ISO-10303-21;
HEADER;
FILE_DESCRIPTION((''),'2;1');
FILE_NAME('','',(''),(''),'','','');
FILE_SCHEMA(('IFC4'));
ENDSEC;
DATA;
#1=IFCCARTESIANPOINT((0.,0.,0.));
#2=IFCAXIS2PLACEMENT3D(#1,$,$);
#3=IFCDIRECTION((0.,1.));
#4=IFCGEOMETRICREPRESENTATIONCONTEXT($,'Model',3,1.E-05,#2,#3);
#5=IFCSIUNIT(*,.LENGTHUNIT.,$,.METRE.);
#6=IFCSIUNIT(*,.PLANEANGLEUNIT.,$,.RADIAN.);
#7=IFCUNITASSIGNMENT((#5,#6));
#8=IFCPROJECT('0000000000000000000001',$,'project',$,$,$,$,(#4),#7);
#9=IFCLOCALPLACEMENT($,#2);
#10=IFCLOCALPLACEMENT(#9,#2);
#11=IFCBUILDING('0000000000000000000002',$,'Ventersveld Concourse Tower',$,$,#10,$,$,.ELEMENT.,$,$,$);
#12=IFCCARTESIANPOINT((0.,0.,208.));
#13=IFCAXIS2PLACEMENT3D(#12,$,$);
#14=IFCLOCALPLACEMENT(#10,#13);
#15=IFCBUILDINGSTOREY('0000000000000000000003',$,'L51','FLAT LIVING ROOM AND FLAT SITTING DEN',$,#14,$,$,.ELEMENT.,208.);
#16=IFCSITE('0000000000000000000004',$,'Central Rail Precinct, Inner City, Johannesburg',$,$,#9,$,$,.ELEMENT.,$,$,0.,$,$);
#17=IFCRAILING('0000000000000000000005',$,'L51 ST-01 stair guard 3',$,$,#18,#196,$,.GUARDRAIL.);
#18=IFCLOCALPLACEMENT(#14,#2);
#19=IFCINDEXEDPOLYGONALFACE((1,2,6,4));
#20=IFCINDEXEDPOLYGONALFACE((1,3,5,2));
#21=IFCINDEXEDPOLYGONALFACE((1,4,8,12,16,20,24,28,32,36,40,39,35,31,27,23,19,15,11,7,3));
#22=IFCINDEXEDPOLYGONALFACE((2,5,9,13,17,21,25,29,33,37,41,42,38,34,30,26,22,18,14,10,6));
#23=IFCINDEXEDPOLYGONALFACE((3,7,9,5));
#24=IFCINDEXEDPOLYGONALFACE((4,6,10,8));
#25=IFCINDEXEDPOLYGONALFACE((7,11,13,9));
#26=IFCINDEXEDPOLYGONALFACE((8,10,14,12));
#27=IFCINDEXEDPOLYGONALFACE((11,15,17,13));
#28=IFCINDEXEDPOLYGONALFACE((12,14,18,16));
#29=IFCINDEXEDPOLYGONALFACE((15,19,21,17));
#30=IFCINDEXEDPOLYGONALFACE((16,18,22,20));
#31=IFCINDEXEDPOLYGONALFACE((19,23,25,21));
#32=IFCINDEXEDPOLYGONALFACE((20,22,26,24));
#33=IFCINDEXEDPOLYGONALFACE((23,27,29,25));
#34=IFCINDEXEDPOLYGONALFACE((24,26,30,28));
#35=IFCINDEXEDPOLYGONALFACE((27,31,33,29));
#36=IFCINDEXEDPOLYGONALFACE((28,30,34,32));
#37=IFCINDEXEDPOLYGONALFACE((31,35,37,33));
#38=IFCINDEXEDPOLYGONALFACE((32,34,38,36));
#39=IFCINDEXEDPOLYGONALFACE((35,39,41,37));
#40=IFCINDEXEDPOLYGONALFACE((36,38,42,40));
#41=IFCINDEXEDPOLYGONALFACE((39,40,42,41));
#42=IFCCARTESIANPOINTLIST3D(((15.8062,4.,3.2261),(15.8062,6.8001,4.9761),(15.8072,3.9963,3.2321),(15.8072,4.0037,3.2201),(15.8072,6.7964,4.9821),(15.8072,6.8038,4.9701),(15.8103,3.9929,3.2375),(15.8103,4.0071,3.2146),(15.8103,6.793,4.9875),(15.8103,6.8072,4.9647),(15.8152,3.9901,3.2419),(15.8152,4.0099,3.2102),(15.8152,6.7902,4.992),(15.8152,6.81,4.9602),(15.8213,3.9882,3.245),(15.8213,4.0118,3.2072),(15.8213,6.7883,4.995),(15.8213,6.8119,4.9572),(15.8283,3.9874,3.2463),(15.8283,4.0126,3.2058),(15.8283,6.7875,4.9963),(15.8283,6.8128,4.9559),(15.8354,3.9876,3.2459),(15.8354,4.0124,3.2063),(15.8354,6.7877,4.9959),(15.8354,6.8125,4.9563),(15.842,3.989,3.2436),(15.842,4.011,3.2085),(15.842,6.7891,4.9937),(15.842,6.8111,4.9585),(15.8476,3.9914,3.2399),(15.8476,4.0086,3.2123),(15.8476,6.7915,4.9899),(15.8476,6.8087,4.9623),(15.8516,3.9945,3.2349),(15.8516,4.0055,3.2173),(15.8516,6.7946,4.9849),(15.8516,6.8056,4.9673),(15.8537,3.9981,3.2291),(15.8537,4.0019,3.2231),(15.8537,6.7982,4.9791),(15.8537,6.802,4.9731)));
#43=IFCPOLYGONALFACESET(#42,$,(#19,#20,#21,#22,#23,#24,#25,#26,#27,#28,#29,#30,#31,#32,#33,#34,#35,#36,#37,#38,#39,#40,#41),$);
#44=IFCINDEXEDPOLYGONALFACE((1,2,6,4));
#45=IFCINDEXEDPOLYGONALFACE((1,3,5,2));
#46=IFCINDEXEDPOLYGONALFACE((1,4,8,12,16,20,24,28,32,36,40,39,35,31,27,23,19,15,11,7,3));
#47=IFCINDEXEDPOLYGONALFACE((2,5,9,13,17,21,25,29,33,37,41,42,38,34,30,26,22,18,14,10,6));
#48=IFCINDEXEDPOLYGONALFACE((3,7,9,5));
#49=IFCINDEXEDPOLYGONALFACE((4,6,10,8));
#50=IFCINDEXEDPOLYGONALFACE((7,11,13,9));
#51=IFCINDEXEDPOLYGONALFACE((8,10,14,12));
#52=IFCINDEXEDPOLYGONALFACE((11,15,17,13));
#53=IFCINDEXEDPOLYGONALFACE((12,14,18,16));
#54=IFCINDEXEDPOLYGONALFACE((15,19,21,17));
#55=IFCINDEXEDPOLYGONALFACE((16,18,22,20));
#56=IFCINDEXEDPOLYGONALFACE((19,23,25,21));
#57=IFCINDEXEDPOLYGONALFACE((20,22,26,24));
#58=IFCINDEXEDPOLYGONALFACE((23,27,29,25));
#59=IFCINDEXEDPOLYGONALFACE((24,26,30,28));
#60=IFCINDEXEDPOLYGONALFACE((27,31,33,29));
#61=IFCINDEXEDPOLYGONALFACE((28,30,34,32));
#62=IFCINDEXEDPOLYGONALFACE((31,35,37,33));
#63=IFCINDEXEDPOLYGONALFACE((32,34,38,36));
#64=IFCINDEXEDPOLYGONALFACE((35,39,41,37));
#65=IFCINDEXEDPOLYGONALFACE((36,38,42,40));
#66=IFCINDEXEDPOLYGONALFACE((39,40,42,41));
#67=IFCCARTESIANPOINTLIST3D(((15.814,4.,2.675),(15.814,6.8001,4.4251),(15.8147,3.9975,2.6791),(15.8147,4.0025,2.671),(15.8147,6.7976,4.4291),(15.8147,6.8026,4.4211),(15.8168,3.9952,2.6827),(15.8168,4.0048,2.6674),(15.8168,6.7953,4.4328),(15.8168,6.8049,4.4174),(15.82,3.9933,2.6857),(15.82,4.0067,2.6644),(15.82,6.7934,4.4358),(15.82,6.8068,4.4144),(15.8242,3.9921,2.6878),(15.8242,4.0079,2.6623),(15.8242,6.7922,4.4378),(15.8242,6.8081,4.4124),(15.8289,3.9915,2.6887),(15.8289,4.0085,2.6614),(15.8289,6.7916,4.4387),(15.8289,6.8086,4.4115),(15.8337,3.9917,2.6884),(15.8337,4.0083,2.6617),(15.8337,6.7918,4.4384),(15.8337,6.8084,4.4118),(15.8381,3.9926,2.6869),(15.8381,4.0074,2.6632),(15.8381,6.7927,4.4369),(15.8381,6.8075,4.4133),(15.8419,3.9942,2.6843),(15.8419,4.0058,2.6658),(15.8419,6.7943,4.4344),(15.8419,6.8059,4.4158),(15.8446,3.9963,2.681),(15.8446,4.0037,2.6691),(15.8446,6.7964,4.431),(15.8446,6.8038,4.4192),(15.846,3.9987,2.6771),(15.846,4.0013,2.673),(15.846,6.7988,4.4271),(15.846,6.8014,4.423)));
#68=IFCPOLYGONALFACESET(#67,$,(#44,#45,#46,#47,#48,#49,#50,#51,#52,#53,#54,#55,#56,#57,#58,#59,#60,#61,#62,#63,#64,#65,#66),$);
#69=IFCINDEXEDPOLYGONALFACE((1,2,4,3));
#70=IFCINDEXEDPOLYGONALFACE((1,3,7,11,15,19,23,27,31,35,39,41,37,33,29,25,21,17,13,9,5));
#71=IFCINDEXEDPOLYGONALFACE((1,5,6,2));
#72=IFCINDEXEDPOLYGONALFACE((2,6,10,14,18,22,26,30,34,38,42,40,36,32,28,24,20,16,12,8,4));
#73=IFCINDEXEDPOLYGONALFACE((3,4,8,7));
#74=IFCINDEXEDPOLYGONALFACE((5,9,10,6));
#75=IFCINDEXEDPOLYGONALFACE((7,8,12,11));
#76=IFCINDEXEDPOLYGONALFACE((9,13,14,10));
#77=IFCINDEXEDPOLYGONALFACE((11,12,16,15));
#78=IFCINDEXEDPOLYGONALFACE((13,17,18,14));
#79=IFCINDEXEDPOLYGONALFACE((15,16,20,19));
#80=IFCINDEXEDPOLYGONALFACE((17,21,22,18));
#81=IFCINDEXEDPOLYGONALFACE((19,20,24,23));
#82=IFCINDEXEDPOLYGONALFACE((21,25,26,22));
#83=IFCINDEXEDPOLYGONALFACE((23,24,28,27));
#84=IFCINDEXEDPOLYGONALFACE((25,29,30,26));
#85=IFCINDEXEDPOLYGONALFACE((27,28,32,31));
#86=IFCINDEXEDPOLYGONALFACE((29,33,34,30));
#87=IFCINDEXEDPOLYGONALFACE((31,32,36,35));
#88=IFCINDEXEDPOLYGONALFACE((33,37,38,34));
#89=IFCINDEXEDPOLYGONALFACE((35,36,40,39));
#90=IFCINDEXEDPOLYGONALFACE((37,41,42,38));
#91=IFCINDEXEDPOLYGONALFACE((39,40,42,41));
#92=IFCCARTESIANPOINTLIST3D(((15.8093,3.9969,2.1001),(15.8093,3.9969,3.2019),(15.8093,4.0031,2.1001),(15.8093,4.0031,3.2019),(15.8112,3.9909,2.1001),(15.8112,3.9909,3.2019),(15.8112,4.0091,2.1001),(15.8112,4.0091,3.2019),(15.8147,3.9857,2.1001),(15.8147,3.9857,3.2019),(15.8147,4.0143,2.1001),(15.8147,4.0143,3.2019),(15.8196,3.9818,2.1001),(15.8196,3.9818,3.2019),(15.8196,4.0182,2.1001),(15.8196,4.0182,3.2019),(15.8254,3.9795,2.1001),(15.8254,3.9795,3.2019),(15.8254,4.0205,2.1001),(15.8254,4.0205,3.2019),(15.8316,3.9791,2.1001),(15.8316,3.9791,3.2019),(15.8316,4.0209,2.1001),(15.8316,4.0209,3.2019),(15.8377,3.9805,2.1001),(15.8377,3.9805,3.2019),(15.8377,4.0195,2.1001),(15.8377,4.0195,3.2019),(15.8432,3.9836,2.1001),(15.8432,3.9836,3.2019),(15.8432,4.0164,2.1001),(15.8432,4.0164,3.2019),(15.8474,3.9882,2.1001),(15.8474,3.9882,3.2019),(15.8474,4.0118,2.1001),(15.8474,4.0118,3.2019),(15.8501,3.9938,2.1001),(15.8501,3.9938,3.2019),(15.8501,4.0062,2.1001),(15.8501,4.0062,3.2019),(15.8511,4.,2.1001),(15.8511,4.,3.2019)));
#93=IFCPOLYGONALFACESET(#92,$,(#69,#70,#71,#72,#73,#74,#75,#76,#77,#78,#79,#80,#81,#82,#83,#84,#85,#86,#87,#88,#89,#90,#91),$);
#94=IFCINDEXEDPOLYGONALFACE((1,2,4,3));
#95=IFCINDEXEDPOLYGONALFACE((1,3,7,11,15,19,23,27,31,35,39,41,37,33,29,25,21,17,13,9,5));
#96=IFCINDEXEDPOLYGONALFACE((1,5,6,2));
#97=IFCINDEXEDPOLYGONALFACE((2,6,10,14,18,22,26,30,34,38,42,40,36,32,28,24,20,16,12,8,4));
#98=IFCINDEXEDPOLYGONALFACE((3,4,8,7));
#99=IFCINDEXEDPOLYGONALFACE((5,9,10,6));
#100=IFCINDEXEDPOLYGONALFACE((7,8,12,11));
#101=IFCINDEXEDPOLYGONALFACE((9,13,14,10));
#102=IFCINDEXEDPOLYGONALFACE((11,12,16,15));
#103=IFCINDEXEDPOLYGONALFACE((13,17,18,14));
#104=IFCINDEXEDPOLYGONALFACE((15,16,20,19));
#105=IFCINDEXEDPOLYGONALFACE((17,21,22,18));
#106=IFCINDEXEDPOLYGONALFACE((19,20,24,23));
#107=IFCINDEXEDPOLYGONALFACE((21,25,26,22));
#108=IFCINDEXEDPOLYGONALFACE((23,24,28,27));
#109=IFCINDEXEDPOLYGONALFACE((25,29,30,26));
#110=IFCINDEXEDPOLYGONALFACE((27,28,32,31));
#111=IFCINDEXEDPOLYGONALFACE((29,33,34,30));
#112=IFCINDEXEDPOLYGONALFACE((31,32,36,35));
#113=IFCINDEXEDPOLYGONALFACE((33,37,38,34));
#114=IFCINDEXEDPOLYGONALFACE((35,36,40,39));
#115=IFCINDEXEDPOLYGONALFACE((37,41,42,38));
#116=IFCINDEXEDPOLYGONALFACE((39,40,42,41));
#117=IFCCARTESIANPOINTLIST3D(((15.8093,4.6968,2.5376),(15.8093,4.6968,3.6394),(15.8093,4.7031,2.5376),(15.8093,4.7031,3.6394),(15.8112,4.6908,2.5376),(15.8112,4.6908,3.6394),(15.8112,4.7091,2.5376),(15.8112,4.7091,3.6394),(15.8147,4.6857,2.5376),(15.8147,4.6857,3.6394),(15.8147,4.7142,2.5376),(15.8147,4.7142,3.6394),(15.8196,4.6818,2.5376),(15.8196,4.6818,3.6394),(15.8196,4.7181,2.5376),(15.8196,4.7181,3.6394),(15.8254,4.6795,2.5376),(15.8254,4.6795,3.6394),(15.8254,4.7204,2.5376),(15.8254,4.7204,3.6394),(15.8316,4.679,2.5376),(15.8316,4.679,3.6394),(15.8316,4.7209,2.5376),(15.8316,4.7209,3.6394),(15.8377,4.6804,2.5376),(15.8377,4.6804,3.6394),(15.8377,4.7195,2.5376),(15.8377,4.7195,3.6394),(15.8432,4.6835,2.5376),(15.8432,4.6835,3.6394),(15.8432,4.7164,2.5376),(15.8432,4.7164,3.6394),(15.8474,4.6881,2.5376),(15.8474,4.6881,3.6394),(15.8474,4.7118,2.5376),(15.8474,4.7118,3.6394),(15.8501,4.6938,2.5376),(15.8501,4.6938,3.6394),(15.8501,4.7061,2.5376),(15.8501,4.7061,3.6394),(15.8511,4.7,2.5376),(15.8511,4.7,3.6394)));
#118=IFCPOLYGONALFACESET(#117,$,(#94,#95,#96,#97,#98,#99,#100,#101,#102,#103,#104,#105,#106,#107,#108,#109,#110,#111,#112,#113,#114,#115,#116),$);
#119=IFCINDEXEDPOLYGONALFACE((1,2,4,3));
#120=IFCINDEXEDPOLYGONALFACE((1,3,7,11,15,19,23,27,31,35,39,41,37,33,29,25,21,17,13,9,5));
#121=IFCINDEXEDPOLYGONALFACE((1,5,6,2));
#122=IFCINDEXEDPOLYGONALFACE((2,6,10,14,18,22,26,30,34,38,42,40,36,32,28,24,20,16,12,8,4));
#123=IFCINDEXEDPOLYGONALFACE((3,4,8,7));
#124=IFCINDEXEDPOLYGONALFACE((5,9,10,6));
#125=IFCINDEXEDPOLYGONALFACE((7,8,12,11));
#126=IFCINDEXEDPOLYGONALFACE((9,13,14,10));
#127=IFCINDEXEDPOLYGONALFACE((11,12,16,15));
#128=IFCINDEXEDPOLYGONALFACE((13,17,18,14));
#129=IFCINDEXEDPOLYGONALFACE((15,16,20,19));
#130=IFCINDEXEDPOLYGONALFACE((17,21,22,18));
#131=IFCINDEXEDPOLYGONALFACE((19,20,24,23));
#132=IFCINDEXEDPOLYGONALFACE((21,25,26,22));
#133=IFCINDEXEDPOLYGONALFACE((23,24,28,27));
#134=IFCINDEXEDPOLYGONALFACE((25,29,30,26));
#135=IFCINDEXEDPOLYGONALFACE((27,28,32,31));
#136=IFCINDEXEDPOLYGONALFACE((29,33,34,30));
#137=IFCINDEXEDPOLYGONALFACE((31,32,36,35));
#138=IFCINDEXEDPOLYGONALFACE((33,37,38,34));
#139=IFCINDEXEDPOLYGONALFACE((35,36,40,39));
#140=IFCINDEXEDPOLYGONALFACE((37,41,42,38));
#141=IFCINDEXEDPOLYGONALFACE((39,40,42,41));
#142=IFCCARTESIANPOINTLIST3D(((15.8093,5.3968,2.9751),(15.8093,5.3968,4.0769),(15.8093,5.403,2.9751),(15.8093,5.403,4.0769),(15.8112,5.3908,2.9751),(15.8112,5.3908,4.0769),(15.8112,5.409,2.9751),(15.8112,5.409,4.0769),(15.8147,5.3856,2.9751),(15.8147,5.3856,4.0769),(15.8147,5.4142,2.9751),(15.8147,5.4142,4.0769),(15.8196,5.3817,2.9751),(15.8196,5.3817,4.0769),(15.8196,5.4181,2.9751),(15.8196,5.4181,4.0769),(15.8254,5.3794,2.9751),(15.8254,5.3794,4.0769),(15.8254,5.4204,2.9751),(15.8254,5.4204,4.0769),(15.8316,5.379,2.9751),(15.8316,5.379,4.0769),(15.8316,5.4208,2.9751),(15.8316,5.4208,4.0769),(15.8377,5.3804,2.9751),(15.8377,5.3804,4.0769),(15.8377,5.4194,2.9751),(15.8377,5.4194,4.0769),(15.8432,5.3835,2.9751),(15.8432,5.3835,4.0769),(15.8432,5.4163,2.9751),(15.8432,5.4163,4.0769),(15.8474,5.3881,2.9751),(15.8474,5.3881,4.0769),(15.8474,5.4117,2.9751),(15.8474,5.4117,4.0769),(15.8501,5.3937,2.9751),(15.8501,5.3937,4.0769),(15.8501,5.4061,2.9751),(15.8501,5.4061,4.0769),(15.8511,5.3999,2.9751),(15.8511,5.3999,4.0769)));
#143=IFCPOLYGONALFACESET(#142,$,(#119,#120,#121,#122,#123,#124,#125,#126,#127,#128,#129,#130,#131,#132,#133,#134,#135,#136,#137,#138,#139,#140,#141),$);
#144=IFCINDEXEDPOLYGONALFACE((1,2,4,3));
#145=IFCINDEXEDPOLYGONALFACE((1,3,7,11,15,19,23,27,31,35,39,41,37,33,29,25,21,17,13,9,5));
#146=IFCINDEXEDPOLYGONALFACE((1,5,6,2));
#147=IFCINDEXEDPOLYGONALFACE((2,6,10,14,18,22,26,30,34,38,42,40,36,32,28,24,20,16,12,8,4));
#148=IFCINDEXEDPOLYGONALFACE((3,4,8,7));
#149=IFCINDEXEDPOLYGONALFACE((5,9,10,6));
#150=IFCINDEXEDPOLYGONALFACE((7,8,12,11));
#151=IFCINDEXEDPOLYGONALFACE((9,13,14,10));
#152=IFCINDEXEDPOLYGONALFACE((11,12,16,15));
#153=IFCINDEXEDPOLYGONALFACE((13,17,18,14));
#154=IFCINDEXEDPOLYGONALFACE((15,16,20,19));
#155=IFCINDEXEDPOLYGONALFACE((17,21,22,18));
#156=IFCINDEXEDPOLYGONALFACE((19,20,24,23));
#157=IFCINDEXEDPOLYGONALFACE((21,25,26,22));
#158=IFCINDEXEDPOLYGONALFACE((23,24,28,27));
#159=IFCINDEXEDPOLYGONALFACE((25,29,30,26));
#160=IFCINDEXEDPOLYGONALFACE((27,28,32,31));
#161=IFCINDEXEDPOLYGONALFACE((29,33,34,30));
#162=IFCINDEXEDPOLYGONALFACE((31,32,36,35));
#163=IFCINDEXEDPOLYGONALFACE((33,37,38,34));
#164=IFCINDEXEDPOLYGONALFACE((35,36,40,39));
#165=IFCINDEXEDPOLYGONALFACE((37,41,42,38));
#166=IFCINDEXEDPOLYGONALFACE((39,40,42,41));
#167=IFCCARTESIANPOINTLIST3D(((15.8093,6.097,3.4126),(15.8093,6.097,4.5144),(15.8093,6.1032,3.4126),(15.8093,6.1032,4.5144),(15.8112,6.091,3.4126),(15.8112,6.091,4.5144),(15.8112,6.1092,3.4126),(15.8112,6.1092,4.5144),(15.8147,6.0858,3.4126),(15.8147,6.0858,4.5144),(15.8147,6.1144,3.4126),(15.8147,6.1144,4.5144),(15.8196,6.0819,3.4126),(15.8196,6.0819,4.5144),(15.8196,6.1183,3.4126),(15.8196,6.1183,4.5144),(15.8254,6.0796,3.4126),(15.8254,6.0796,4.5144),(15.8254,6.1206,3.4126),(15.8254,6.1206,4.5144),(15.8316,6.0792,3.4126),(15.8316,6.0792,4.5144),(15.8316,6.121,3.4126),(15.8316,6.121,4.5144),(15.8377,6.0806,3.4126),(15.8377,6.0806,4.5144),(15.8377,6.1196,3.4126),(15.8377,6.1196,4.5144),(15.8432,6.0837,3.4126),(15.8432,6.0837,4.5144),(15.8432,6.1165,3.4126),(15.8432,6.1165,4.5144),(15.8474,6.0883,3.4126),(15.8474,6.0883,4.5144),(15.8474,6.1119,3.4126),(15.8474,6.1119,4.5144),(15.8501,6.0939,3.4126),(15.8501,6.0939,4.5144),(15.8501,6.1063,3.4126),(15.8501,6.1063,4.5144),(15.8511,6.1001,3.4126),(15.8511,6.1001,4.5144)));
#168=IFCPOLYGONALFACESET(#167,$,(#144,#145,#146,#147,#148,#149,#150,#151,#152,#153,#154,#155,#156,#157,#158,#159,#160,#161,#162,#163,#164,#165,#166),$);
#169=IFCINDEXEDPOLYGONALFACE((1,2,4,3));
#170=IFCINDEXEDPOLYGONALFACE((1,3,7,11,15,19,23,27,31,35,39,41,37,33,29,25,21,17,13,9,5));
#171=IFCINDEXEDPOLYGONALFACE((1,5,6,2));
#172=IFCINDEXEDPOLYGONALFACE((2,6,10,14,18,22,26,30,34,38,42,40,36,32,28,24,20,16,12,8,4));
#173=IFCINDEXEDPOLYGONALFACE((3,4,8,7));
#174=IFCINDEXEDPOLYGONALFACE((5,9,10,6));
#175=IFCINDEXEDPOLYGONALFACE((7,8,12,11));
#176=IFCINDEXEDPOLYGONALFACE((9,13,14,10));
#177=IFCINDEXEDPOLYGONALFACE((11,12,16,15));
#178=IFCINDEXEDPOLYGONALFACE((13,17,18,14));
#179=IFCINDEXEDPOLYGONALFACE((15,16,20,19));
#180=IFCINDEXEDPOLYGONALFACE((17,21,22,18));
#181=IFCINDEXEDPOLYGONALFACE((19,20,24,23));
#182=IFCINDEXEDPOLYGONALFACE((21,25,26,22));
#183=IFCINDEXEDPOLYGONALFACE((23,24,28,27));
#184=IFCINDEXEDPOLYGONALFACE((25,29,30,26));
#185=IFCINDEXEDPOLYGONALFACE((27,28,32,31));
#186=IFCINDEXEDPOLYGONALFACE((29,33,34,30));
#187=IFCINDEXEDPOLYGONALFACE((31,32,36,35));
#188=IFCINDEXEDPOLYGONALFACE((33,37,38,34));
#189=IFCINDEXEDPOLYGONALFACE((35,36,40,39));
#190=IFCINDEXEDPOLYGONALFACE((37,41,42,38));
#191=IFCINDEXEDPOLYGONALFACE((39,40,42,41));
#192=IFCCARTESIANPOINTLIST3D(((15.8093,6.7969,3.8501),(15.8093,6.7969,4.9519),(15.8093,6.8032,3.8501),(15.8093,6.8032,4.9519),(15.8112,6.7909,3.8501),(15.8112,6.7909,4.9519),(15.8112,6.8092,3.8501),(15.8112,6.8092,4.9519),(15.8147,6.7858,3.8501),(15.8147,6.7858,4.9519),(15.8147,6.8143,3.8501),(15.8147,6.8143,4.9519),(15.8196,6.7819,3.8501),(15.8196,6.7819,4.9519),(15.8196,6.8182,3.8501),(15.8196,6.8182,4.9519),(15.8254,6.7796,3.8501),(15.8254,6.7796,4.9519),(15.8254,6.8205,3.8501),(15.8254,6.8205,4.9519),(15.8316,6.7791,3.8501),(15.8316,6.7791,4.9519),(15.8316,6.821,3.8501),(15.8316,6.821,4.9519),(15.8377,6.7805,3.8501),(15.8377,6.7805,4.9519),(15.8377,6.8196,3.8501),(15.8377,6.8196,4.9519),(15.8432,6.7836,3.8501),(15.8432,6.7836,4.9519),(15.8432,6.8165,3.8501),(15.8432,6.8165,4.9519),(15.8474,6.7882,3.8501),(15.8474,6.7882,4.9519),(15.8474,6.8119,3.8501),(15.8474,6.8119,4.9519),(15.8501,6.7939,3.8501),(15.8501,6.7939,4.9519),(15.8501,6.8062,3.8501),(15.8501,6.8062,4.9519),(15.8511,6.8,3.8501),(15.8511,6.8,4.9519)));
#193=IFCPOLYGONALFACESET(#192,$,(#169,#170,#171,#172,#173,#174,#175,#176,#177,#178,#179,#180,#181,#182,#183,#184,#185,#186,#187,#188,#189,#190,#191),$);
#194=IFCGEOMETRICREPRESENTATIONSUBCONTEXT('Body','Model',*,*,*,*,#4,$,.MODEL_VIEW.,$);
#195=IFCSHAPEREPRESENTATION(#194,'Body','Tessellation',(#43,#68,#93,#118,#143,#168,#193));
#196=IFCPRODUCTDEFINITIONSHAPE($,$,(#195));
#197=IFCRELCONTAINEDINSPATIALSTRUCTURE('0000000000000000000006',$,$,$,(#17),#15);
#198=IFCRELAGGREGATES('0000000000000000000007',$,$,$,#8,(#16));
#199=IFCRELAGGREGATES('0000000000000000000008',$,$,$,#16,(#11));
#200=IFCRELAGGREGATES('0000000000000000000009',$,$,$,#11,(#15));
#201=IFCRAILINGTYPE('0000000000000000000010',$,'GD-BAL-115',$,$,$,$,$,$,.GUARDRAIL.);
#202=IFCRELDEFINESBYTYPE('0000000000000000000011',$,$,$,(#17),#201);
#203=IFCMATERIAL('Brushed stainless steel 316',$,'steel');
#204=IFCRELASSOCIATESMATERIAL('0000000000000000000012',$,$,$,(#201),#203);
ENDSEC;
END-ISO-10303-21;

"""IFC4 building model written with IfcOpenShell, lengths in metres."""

from ifc_helpers import new_model, si_unit, direction, frame, origin, origin_2d, place, context, subcontext, project, spatial, circle, extrude, material, type_object, element, save


model = new_model("IFC4")

# Units and contexts
model_context = context("Model", 3, precision=1e-05, world=origin(), true_north=direction((0.0, 1.0)))
body_context = subcontext(model_context, "Body", "Model", "MODEL_VIEW")
ifc_project = project(units=[si_unit("LENGTHUNIT", "METRE"), si_unit("PLANEANGLEUNIT", "RADIAN")], contexts=[model_context])

# Site, building, storey
site_placement = place(None, origin())
site = spatial("IfcSite", under=ifc_project, at=site_placement, Name="Central Rail Precinct, Inner City, Johannesburg", CompositionType="ELEMENT", RefElevation=0.0)
building_placement = place(site_placement, origin())
building = spatial("IfcBuilding", under=site, at=building_placement, Name="Ventersveld Concourse Tower", CompositionType="ELEMENT")
storey_placement = place(building_placement, frame((0.0, 0.0, 208.0)))
storey = spatial("IfcBuildingStorey", under=building, at=storey_placement, Name="L51", Description="FLAT LIVING ROOM AND FLAT SITTING DEN", CompositionType="ELEMENT", Elevation=208.0)

# Shared definitions
ifc_material_1 = material(Name="Brushed stainless steel 316", Category="steel")

# Railing
railing_type_1 = type_object("IfcRailingType", Name="GD-BAL-115", PredefinedType="GUARDRAIL", material=ifc_material_1)
railing_1_placement = place(storey_placement, frame((15.8301, 4.0, 2.1001)))
element("IfcRailing", 1, at=railing_1_placement, inside=storey, type_object=railing_type_1, Name="L51 ST-01 stair guard 3", PredefinedType="GUARDRAIL", context=body_context, shape_type="SweptSolid", body=[
    extrude(circle(Radius=0.0239, at=origin_2d()), frame((0.0, 0.0, 1.126), z_axis=(0.0, 0.848002, 0.529992), x_axis=(-1.0, 0.0, 0.0)), (0.0, 0.0, 1.0), 3.302),
    extrude(circle(Radius=0.0161, at=origin_2d()), frame((0.0, 0.0, 0.575), z_axis=(0.0, 0.848002, 0.529992), x_axis=(-1.0, 0.0, 0.0)), (0.0, 0.0, 1.0), 3.302),
    extrude(circle(Radius=0.021, at=origin_2d()), origin(), (0.0, 0.0, 1.0), 1.1018),
    extrude(circle(Radius=0.021, at=origin_2d()), frame((0.0, 0.7, 0.4375)), (0.0, 0.0, 1.0), 1.1018),
    extrude(circle(Radius=0.021, at=origin_2d()), frame((0.0, 1.3999, 0.875)), (0.0, 0.0, 1.0), 1.1018),
    extrude(circle(Radius=0.021, at=origin_2d()), frame((0.0, 2.1001, 1.3125)), (0.0, 0.0, 1.0), 1.1018),
    extrude(circle(Radius=0.021, at=origin_2d()), frame((0.0, 2.8, 1.75)), (0.0, 0.0, 1.0), 1.1018),
])

save(model, "model.ifc")
